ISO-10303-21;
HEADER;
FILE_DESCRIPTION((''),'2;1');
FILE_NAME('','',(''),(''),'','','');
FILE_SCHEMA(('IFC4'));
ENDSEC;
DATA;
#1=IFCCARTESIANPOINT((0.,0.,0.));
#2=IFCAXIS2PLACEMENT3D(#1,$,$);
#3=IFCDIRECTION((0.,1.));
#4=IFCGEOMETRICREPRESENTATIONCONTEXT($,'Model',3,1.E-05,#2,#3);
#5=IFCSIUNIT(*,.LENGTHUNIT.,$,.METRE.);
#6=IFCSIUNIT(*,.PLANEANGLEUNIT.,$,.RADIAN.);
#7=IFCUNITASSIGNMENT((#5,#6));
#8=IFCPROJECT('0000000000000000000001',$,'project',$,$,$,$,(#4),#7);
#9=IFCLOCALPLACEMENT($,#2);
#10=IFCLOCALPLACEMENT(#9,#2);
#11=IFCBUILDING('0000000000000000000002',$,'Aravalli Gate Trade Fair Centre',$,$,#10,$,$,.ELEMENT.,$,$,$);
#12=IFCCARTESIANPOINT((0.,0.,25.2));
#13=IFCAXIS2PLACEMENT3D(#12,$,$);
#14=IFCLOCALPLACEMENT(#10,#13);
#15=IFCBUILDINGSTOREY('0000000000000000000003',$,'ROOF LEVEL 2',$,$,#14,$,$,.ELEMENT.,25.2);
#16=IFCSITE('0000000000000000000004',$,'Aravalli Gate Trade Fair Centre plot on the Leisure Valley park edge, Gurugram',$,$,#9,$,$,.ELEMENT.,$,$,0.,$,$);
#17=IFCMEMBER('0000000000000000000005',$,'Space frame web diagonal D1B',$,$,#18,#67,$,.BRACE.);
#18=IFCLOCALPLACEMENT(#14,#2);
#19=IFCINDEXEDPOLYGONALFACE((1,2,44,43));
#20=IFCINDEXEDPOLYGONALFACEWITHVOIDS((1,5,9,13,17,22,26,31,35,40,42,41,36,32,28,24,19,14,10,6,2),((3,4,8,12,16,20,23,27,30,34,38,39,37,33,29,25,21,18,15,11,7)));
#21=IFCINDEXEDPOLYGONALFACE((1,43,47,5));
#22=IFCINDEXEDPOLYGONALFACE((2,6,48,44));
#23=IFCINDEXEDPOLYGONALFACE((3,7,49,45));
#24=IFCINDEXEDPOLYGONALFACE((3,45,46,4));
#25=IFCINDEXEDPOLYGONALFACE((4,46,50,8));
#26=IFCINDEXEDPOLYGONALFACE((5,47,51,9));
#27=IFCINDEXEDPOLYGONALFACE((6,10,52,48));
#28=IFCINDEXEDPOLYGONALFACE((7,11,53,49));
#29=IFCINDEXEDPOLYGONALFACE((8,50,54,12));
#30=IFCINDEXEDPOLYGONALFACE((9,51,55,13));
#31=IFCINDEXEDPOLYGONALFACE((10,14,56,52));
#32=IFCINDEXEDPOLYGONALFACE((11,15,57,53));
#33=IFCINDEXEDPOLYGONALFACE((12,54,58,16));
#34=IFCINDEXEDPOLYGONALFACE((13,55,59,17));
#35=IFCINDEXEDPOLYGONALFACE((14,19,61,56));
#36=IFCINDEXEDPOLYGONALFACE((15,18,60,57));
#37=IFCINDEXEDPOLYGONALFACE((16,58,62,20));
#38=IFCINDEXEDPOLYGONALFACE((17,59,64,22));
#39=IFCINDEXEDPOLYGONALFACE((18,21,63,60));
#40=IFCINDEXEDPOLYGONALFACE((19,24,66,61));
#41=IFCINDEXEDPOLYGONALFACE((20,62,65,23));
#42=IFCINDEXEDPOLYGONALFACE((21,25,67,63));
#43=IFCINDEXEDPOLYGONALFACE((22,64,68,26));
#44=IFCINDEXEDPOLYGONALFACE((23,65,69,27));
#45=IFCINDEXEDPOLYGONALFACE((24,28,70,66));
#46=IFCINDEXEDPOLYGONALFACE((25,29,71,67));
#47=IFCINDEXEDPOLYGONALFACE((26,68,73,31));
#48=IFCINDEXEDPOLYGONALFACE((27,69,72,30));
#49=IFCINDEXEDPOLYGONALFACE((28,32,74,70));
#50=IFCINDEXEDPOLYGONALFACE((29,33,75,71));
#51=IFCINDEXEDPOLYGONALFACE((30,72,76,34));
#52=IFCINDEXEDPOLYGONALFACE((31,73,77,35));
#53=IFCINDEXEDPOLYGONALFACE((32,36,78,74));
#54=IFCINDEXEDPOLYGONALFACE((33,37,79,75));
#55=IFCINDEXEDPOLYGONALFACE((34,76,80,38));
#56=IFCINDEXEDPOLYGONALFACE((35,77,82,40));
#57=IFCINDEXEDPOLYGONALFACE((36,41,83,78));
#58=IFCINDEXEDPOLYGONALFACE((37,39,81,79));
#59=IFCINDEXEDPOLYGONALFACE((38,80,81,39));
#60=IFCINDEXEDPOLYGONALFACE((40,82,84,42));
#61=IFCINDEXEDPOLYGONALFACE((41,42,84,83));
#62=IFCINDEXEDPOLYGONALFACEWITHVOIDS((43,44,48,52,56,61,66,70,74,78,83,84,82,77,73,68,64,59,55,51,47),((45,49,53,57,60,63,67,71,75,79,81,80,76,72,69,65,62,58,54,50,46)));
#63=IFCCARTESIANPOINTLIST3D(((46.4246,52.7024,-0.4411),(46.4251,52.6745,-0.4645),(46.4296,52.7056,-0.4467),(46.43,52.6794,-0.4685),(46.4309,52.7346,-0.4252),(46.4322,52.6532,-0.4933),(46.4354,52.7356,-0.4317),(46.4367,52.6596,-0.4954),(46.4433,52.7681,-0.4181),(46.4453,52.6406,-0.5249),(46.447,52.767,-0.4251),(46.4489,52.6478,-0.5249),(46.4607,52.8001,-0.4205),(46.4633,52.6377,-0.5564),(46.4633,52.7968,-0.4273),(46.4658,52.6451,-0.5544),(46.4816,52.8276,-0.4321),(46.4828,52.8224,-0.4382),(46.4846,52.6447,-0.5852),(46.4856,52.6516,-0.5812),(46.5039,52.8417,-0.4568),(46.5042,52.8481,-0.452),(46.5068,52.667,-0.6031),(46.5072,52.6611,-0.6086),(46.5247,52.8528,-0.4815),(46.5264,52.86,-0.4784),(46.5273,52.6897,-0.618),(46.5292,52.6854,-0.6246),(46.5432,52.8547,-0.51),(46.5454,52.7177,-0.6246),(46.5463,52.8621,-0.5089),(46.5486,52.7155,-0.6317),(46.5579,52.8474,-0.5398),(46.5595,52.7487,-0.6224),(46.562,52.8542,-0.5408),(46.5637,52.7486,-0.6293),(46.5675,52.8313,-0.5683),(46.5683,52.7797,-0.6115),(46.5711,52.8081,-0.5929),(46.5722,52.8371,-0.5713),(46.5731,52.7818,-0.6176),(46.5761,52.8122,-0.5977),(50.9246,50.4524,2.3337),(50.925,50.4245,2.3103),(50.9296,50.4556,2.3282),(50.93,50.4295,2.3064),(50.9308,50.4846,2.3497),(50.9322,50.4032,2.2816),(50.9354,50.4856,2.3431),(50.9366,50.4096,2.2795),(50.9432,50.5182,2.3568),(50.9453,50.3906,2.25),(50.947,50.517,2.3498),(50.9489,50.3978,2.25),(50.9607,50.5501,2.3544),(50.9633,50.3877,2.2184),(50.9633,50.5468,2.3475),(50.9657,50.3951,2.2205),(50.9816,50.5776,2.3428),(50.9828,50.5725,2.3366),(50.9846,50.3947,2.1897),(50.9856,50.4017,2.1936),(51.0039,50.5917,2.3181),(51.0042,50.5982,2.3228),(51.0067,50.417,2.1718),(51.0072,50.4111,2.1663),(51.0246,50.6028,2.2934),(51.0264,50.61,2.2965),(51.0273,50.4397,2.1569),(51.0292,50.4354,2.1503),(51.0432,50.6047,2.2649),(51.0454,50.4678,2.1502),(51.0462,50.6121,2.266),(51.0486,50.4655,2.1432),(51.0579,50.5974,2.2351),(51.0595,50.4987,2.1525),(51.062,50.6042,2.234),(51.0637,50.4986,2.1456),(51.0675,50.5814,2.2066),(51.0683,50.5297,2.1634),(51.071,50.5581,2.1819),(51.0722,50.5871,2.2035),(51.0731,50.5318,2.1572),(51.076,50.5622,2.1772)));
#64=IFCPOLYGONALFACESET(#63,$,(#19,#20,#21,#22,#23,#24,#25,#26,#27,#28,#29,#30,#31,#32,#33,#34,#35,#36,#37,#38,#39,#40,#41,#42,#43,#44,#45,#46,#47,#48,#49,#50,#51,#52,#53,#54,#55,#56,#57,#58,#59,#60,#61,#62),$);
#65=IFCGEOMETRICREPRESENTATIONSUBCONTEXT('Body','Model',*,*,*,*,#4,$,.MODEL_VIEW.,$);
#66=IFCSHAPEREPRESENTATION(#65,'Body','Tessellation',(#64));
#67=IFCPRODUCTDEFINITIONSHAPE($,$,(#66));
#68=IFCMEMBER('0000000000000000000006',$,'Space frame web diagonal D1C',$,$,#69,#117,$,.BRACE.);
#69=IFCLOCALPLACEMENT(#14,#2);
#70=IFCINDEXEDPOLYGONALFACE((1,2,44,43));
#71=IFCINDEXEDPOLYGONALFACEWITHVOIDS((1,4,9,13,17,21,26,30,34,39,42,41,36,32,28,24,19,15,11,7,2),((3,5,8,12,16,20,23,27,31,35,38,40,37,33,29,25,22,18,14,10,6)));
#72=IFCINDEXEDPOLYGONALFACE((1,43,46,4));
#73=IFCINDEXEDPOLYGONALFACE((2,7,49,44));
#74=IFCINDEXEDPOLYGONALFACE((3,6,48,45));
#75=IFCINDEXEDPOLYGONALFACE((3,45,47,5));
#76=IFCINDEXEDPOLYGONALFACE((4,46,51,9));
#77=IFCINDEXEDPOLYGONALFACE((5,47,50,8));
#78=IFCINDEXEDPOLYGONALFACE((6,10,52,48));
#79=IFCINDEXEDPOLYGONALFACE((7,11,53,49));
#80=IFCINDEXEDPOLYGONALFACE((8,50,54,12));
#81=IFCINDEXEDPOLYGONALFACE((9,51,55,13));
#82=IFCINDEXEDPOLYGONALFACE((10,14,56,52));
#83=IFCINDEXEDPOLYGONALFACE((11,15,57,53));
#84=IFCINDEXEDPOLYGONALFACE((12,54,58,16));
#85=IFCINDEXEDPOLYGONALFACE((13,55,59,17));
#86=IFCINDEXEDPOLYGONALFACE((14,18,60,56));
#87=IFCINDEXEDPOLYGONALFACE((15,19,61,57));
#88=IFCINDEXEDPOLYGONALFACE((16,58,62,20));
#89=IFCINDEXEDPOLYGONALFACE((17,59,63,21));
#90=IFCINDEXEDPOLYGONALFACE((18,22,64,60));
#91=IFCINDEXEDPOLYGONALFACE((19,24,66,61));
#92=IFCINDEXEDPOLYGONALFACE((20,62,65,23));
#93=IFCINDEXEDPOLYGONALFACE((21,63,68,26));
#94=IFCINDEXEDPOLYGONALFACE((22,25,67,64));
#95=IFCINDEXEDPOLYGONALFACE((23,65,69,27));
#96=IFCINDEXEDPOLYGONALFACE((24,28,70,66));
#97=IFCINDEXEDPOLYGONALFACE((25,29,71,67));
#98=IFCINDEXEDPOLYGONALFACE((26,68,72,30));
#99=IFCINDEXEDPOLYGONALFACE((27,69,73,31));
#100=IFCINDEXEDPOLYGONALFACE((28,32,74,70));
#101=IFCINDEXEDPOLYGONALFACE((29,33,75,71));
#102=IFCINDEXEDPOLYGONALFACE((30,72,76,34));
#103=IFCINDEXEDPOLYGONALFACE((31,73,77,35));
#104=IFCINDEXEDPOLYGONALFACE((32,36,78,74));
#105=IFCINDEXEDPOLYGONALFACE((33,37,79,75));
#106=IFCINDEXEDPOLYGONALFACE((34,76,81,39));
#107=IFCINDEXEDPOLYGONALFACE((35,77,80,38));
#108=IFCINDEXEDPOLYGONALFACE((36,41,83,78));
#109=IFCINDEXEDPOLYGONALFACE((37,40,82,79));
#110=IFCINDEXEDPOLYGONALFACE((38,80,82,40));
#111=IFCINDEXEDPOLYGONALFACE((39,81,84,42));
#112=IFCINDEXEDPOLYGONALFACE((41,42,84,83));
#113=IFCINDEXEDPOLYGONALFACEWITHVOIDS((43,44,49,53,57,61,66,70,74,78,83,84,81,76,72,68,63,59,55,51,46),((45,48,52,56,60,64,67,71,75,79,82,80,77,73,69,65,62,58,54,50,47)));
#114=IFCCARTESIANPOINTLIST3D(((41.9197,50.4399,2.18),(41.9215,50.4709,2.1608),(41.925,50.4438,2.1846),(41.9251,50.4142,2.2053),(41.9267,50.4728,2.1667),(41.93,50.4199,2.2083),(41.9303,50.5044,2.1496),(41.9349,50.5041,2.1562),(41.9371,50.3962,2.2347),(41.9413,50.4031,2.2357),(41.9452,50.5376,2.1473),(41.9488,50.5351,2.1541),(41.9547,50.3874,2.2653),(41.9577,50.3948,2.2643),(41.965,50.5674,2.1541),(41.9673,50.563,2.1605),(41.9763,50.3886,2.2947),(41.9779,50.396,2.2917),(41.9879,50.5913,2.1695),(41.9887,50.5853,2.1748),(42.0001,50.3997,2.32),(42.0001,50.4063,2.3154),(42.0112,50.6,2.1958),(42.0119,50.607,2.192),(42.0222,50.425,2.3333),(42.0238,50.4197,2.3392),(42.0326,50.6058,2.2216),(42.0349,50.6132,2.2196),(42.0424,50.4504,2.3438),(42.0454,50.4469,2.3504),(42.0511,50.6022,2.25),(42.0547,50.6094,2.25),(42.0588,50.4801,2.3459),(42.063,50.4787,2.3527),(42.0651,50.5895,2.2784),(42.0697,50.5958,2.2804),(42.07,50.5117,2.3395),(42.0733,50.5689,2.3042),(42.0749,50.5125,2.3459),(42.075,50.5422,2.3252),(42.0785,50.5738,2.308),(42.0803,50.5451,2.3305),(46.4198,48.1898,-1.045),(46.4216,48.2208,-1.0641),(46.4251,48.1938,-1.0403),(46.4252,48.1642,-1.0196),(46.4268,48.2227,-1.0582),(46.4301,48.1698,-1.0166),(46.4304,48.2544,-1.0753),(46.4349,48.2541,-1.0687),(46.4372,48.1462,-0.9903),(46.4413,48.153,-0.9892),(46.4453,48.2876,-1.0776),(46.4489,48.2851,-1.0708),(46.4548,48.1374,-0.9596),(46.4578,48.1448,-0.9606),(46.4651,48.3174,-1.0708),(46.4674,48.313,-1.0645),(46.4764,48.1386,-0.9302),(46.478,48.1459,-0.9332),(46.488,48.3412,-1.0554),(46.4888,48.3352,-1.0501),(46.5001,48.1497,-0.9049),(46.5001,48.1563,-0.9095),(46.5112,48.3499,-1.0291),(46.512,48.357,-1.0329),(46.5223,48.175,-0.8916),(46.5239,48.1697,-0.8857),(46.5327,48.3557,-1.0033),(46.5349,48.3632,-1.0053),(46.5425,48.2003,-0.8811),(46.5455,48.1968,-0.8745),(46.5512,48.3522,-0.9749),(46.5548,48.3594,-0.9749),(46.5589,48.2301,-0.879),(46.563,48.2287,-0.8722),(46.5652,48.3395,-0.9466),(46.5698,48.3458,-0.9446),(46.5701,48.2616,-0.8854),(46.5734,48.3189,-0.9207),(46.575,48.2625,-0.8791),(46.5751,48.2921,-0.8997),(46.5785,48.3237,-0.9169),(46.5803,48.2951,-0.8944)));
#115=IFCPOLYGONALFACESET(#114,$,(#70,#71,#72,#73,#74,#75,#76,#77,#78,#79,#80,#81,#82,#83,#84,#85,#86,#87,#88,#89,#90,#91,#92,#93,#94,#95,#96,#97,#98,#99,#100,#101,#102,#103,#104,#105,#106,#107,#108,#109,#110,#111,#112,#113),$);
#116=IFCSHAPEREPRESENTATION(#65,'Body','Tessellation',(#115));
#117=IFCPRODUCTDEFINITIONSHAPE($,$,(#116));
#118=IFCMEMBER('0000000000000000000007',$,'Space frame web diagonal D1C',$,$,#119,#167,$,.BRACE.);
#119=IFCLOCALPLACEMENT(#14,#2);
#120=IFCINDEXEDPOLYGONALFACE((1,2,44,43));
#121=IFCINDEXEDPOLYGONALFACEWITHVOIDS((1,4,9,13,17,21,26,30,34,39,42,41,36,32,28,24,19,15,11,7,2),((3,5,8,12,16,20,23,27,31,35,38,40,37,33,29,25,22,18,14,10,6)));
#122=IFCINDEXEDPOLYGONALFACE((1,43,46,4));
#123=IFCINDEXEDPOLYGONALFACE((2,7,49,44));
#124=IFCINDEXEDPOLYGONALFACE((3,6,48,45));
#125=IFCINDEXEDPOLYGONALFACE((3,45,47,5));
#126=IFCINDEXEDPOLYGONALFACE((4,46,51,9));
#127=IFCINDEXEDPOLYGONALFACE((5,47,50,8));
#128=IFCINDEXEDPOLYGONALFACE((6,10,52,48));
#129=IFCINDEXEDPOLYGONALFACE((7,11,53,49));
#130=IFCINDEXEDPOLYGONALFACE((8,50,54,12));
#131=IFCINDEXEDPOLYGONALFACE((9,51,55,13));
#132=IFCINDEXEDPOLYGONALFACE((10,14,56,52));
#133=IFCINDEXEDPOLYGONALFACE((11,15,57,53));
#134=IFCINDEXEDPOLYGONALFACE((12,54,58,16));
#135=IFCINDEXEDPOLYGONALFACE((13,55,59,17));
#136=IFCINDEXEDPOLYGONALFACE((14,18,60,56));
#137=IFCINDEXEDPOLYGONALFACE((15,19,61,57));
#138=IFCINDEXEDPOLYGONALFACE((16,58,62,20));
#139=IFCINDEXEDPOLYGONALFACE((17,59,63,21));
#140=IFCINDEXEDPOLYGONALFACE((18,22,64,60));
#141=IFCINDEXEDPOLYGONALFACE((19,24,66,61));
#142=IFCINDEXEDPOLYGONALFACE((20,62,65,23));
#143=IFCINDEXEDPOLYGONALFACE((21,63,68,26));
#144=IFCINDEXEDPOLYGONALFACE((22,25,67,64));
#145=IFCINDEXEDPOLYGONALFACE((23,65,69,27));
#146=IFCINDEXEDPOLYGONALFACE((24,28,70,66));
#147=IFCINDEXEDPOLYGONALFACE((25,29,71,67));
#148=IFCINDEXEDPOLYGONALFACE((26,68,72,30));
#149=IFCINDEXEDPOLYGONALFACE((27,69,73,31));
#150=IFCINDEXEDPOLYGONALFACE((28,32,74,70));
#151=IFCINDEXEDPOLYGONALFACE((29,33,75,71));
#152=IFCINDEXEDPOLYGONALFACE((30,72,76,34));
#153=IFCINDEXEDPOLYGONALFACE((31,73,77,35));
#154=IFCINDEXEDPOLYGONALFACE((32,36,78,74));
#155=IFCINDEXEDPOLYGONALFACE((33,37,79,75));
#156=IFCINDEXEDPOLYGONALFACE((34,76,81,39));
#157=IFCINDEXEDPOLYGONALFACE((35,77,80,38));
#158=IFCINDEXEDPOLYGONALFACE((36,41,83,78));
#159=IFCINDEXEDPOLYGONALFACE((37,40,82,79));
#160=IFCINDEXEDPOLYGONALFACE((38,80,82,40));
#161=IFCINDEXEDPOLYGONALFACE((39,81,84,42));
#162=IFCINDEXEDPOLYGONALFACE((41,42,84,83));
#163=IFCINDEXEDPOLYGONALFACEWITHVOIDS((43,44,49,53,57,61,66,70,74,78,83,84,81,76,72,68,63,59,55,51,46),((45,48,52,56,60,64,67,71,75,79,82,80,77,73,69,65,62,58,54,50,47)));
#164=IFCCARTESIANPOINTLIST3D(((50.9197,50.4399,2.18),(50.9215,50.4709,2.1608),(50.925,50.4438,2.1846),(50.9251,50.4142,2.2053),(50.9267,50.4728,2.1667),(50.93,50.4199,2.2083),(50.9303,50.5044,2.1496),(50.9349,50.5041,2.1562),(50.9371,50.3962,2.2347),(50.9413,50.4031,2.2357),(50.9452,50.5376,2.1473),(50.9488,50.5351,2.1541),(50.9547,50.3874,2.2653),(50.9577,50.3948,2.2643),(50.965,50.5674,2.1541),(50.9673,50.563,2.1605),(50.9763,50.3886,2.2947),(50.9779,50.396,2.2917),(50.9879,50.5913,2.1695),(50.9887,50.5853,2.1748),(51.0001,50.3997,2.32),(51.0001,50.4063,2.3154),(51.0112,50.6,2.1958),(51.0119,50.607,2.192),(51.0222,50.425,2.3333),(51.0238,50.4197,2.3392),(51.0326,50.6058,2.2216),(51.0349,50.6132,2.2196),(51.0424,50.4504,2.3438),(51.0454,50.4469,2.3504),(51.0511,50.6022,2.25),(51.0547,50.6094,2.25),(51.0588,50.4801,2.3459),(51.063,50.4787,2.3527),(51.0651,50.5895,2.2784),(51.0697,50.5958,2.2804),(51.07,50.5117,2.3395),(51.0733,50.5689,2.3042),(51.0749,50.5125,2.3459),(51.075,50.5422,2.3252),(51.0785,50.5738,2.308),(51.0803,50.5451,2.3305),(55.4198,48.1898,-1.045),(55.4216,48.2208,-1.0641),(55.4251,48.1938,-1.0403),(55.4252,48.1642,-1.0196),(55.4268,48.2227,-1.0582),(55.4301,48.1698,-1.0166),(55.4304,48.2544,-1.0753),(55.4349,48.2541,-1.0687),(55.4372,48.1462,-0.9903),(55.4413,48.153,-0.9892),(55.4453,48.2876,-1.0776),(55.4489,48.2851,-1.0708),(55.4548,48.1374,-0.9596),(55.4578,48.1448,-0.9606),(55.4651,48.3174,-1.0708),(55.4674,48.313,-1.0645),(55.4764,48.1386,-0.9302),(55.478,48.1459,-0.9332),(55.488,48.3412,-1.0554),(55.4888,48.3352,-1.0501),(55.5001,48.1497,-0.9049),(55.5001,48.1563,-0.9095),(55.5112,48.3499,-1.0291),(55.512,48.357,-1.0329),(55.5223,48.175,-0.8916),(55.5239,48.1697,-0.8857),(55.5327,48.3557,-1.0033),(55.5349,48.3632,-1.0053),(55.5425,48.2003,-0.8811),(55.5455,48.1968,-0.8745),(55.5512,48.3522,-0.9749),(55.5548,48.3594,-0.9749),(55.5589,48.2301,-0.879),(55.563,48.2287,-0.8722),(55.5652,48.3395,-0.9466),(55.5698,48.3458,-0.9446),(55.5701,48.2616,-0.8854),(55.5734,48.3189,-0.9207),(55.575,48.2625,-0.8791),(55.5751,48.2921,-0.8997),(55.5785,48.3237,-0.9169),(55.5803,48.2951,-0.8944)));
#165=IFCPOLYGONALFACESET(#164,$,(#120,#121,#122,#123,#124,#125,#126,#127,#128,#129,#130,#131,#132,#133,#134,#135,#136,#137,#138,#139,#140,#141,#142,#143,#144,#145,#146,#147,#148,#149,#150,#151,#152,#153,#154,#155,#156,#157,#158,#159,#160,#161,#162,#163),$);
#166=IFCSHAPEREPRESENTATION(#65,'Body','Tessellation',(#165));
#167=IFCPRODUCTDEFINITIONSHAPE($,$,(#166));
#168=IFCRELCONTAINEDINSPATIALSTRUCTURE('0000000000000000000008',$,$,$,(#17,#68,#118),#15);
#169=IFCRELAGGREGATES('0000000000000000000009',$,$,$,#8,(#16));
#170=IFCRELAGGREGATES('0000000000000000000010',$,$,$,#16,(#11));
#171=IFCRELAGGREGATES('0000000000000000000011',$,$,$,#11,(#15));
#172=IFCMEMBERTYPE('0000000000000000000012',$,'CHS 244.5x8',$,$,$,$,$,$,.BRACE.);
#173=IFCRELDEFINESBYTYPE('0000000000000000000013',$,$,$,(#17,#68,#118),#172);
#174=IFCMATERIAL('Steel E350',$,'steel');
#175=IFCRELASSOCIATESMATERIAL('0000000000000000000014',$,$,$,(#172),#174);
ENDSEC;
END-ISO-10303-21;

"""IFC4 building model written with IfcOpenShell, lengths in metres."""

from ifc_helpers import new_model, si_unit, direction, frame, origin, origin_2d, place, context, subcontext, project, spatial, hollow_circle, extrude, material, material_profile, profile_set, type_object, element, save


model = new_model("IFC4")

# Units and contexts
model_context = context("Model", 3, precision=1e-05, world=origin(), true_north=direction((0.0, 1.0)))
body_context = subcontext(model_context, "Body", "Model", "MODEL_VIEW")
ifc_project = project(units=[si_unit("LENGTHUNIT", "METRE"), si_unit("PLANEANGLEUNIT", "RADIAN")], contexts=[model_context])

# Site, building, storey
site_placement = place(None, origin())
site = spatial("IfcSite", under=ifc_project, at=site_placement, Name="Aravalli Gate Trade Fair Centre plot on the Leisure Valley park edge, Gurugram", CompositionType="ELEMENT", RefElevation=0.0)
building_placement = place(site_placement, origin())
building = spatial("IfcBuilding", under=site, at=building_placement, Name="Aravalli Gate Trade Fair Centre", CompositionType="ELEMENT")
storey_placement = place(building_placement, frame((0.0, 0.0, 25.2)))
storey = spatial("IfcBuildingStorey", under=building, at=storey_placement, Name="ROOF LEVEL 2", CompositionType="ELEMENT", Elevation=25.2)

# Members
ifc_material_1 = material(Name="Steel E350", Category="steel")
ifc_material_profile_1 = material_profile(ifc_material_1, hollow_circle(Radius=0.1223, WallThickness=0.0081, at=origin_2d()), Name="CHS 244.5x8")
ifc_profile_set_1 = profile_set([ifc_material_profile_1], Name="Steel E350")
member_type_1 = type_object("IfcMemberType", Name="CHS 244.5x8", PredefinedType="BRACE", material=ifc_profile_set_1)
for number, where, z_axis, x_axis, name in (
    (1, (51.0, 50.5, 2.25), (-0.7832, 0.3916, -0.482956), (-0.447214, -0.894427, 0.0), "Space frame web diagonal D1B"),
):
    element("IfcMember", number, at=place(storey_placement, frame(where, z_axis=z_axis, x_axis=x_axis)), inside=storey, type_object=member_type_1, Name=name, PredefinedType="BRACE", context=body_context, shape_type="SweptSolid", body=[
        extrude(hollow_circle(Radius=0.1223, WallThickness=0.0081, at=origin_2d()), origin(), (0.0, 0.0, 1.0), 5.7456),
    ])
for number, where, z_axis, x_axis, name in (
    (2, (42.0, 50.5, 2.25), (0.753016, -0.376508, -0.539637), (0.447214, 0.894427, 0.0), "Space frame web diagonal D1C"),
    (3, (51.0, 50.5, 2.25), (0.753016, -0.376508, -0.539637), (0.447214, 0.894427, 0.0), "Space frame web diagonal D1C"),
):
    element("IfcMember", number, at=place(storey_placement, frame(where, z_axis=z_axis, x_axis=x_axis)), inside=storey, type_object=member_type_1, Name=name, PredefinedType="BRACE", context=body_context, shape_type="SweptSolid", body=[
        extrude(hollow_circle(Radius=0.1223, WallThickness=0.0081, at=origin_2d()), origin(), (0.0, 0.0, 1.0), 5.9761),
    ])

save(model, "model.ifc")
